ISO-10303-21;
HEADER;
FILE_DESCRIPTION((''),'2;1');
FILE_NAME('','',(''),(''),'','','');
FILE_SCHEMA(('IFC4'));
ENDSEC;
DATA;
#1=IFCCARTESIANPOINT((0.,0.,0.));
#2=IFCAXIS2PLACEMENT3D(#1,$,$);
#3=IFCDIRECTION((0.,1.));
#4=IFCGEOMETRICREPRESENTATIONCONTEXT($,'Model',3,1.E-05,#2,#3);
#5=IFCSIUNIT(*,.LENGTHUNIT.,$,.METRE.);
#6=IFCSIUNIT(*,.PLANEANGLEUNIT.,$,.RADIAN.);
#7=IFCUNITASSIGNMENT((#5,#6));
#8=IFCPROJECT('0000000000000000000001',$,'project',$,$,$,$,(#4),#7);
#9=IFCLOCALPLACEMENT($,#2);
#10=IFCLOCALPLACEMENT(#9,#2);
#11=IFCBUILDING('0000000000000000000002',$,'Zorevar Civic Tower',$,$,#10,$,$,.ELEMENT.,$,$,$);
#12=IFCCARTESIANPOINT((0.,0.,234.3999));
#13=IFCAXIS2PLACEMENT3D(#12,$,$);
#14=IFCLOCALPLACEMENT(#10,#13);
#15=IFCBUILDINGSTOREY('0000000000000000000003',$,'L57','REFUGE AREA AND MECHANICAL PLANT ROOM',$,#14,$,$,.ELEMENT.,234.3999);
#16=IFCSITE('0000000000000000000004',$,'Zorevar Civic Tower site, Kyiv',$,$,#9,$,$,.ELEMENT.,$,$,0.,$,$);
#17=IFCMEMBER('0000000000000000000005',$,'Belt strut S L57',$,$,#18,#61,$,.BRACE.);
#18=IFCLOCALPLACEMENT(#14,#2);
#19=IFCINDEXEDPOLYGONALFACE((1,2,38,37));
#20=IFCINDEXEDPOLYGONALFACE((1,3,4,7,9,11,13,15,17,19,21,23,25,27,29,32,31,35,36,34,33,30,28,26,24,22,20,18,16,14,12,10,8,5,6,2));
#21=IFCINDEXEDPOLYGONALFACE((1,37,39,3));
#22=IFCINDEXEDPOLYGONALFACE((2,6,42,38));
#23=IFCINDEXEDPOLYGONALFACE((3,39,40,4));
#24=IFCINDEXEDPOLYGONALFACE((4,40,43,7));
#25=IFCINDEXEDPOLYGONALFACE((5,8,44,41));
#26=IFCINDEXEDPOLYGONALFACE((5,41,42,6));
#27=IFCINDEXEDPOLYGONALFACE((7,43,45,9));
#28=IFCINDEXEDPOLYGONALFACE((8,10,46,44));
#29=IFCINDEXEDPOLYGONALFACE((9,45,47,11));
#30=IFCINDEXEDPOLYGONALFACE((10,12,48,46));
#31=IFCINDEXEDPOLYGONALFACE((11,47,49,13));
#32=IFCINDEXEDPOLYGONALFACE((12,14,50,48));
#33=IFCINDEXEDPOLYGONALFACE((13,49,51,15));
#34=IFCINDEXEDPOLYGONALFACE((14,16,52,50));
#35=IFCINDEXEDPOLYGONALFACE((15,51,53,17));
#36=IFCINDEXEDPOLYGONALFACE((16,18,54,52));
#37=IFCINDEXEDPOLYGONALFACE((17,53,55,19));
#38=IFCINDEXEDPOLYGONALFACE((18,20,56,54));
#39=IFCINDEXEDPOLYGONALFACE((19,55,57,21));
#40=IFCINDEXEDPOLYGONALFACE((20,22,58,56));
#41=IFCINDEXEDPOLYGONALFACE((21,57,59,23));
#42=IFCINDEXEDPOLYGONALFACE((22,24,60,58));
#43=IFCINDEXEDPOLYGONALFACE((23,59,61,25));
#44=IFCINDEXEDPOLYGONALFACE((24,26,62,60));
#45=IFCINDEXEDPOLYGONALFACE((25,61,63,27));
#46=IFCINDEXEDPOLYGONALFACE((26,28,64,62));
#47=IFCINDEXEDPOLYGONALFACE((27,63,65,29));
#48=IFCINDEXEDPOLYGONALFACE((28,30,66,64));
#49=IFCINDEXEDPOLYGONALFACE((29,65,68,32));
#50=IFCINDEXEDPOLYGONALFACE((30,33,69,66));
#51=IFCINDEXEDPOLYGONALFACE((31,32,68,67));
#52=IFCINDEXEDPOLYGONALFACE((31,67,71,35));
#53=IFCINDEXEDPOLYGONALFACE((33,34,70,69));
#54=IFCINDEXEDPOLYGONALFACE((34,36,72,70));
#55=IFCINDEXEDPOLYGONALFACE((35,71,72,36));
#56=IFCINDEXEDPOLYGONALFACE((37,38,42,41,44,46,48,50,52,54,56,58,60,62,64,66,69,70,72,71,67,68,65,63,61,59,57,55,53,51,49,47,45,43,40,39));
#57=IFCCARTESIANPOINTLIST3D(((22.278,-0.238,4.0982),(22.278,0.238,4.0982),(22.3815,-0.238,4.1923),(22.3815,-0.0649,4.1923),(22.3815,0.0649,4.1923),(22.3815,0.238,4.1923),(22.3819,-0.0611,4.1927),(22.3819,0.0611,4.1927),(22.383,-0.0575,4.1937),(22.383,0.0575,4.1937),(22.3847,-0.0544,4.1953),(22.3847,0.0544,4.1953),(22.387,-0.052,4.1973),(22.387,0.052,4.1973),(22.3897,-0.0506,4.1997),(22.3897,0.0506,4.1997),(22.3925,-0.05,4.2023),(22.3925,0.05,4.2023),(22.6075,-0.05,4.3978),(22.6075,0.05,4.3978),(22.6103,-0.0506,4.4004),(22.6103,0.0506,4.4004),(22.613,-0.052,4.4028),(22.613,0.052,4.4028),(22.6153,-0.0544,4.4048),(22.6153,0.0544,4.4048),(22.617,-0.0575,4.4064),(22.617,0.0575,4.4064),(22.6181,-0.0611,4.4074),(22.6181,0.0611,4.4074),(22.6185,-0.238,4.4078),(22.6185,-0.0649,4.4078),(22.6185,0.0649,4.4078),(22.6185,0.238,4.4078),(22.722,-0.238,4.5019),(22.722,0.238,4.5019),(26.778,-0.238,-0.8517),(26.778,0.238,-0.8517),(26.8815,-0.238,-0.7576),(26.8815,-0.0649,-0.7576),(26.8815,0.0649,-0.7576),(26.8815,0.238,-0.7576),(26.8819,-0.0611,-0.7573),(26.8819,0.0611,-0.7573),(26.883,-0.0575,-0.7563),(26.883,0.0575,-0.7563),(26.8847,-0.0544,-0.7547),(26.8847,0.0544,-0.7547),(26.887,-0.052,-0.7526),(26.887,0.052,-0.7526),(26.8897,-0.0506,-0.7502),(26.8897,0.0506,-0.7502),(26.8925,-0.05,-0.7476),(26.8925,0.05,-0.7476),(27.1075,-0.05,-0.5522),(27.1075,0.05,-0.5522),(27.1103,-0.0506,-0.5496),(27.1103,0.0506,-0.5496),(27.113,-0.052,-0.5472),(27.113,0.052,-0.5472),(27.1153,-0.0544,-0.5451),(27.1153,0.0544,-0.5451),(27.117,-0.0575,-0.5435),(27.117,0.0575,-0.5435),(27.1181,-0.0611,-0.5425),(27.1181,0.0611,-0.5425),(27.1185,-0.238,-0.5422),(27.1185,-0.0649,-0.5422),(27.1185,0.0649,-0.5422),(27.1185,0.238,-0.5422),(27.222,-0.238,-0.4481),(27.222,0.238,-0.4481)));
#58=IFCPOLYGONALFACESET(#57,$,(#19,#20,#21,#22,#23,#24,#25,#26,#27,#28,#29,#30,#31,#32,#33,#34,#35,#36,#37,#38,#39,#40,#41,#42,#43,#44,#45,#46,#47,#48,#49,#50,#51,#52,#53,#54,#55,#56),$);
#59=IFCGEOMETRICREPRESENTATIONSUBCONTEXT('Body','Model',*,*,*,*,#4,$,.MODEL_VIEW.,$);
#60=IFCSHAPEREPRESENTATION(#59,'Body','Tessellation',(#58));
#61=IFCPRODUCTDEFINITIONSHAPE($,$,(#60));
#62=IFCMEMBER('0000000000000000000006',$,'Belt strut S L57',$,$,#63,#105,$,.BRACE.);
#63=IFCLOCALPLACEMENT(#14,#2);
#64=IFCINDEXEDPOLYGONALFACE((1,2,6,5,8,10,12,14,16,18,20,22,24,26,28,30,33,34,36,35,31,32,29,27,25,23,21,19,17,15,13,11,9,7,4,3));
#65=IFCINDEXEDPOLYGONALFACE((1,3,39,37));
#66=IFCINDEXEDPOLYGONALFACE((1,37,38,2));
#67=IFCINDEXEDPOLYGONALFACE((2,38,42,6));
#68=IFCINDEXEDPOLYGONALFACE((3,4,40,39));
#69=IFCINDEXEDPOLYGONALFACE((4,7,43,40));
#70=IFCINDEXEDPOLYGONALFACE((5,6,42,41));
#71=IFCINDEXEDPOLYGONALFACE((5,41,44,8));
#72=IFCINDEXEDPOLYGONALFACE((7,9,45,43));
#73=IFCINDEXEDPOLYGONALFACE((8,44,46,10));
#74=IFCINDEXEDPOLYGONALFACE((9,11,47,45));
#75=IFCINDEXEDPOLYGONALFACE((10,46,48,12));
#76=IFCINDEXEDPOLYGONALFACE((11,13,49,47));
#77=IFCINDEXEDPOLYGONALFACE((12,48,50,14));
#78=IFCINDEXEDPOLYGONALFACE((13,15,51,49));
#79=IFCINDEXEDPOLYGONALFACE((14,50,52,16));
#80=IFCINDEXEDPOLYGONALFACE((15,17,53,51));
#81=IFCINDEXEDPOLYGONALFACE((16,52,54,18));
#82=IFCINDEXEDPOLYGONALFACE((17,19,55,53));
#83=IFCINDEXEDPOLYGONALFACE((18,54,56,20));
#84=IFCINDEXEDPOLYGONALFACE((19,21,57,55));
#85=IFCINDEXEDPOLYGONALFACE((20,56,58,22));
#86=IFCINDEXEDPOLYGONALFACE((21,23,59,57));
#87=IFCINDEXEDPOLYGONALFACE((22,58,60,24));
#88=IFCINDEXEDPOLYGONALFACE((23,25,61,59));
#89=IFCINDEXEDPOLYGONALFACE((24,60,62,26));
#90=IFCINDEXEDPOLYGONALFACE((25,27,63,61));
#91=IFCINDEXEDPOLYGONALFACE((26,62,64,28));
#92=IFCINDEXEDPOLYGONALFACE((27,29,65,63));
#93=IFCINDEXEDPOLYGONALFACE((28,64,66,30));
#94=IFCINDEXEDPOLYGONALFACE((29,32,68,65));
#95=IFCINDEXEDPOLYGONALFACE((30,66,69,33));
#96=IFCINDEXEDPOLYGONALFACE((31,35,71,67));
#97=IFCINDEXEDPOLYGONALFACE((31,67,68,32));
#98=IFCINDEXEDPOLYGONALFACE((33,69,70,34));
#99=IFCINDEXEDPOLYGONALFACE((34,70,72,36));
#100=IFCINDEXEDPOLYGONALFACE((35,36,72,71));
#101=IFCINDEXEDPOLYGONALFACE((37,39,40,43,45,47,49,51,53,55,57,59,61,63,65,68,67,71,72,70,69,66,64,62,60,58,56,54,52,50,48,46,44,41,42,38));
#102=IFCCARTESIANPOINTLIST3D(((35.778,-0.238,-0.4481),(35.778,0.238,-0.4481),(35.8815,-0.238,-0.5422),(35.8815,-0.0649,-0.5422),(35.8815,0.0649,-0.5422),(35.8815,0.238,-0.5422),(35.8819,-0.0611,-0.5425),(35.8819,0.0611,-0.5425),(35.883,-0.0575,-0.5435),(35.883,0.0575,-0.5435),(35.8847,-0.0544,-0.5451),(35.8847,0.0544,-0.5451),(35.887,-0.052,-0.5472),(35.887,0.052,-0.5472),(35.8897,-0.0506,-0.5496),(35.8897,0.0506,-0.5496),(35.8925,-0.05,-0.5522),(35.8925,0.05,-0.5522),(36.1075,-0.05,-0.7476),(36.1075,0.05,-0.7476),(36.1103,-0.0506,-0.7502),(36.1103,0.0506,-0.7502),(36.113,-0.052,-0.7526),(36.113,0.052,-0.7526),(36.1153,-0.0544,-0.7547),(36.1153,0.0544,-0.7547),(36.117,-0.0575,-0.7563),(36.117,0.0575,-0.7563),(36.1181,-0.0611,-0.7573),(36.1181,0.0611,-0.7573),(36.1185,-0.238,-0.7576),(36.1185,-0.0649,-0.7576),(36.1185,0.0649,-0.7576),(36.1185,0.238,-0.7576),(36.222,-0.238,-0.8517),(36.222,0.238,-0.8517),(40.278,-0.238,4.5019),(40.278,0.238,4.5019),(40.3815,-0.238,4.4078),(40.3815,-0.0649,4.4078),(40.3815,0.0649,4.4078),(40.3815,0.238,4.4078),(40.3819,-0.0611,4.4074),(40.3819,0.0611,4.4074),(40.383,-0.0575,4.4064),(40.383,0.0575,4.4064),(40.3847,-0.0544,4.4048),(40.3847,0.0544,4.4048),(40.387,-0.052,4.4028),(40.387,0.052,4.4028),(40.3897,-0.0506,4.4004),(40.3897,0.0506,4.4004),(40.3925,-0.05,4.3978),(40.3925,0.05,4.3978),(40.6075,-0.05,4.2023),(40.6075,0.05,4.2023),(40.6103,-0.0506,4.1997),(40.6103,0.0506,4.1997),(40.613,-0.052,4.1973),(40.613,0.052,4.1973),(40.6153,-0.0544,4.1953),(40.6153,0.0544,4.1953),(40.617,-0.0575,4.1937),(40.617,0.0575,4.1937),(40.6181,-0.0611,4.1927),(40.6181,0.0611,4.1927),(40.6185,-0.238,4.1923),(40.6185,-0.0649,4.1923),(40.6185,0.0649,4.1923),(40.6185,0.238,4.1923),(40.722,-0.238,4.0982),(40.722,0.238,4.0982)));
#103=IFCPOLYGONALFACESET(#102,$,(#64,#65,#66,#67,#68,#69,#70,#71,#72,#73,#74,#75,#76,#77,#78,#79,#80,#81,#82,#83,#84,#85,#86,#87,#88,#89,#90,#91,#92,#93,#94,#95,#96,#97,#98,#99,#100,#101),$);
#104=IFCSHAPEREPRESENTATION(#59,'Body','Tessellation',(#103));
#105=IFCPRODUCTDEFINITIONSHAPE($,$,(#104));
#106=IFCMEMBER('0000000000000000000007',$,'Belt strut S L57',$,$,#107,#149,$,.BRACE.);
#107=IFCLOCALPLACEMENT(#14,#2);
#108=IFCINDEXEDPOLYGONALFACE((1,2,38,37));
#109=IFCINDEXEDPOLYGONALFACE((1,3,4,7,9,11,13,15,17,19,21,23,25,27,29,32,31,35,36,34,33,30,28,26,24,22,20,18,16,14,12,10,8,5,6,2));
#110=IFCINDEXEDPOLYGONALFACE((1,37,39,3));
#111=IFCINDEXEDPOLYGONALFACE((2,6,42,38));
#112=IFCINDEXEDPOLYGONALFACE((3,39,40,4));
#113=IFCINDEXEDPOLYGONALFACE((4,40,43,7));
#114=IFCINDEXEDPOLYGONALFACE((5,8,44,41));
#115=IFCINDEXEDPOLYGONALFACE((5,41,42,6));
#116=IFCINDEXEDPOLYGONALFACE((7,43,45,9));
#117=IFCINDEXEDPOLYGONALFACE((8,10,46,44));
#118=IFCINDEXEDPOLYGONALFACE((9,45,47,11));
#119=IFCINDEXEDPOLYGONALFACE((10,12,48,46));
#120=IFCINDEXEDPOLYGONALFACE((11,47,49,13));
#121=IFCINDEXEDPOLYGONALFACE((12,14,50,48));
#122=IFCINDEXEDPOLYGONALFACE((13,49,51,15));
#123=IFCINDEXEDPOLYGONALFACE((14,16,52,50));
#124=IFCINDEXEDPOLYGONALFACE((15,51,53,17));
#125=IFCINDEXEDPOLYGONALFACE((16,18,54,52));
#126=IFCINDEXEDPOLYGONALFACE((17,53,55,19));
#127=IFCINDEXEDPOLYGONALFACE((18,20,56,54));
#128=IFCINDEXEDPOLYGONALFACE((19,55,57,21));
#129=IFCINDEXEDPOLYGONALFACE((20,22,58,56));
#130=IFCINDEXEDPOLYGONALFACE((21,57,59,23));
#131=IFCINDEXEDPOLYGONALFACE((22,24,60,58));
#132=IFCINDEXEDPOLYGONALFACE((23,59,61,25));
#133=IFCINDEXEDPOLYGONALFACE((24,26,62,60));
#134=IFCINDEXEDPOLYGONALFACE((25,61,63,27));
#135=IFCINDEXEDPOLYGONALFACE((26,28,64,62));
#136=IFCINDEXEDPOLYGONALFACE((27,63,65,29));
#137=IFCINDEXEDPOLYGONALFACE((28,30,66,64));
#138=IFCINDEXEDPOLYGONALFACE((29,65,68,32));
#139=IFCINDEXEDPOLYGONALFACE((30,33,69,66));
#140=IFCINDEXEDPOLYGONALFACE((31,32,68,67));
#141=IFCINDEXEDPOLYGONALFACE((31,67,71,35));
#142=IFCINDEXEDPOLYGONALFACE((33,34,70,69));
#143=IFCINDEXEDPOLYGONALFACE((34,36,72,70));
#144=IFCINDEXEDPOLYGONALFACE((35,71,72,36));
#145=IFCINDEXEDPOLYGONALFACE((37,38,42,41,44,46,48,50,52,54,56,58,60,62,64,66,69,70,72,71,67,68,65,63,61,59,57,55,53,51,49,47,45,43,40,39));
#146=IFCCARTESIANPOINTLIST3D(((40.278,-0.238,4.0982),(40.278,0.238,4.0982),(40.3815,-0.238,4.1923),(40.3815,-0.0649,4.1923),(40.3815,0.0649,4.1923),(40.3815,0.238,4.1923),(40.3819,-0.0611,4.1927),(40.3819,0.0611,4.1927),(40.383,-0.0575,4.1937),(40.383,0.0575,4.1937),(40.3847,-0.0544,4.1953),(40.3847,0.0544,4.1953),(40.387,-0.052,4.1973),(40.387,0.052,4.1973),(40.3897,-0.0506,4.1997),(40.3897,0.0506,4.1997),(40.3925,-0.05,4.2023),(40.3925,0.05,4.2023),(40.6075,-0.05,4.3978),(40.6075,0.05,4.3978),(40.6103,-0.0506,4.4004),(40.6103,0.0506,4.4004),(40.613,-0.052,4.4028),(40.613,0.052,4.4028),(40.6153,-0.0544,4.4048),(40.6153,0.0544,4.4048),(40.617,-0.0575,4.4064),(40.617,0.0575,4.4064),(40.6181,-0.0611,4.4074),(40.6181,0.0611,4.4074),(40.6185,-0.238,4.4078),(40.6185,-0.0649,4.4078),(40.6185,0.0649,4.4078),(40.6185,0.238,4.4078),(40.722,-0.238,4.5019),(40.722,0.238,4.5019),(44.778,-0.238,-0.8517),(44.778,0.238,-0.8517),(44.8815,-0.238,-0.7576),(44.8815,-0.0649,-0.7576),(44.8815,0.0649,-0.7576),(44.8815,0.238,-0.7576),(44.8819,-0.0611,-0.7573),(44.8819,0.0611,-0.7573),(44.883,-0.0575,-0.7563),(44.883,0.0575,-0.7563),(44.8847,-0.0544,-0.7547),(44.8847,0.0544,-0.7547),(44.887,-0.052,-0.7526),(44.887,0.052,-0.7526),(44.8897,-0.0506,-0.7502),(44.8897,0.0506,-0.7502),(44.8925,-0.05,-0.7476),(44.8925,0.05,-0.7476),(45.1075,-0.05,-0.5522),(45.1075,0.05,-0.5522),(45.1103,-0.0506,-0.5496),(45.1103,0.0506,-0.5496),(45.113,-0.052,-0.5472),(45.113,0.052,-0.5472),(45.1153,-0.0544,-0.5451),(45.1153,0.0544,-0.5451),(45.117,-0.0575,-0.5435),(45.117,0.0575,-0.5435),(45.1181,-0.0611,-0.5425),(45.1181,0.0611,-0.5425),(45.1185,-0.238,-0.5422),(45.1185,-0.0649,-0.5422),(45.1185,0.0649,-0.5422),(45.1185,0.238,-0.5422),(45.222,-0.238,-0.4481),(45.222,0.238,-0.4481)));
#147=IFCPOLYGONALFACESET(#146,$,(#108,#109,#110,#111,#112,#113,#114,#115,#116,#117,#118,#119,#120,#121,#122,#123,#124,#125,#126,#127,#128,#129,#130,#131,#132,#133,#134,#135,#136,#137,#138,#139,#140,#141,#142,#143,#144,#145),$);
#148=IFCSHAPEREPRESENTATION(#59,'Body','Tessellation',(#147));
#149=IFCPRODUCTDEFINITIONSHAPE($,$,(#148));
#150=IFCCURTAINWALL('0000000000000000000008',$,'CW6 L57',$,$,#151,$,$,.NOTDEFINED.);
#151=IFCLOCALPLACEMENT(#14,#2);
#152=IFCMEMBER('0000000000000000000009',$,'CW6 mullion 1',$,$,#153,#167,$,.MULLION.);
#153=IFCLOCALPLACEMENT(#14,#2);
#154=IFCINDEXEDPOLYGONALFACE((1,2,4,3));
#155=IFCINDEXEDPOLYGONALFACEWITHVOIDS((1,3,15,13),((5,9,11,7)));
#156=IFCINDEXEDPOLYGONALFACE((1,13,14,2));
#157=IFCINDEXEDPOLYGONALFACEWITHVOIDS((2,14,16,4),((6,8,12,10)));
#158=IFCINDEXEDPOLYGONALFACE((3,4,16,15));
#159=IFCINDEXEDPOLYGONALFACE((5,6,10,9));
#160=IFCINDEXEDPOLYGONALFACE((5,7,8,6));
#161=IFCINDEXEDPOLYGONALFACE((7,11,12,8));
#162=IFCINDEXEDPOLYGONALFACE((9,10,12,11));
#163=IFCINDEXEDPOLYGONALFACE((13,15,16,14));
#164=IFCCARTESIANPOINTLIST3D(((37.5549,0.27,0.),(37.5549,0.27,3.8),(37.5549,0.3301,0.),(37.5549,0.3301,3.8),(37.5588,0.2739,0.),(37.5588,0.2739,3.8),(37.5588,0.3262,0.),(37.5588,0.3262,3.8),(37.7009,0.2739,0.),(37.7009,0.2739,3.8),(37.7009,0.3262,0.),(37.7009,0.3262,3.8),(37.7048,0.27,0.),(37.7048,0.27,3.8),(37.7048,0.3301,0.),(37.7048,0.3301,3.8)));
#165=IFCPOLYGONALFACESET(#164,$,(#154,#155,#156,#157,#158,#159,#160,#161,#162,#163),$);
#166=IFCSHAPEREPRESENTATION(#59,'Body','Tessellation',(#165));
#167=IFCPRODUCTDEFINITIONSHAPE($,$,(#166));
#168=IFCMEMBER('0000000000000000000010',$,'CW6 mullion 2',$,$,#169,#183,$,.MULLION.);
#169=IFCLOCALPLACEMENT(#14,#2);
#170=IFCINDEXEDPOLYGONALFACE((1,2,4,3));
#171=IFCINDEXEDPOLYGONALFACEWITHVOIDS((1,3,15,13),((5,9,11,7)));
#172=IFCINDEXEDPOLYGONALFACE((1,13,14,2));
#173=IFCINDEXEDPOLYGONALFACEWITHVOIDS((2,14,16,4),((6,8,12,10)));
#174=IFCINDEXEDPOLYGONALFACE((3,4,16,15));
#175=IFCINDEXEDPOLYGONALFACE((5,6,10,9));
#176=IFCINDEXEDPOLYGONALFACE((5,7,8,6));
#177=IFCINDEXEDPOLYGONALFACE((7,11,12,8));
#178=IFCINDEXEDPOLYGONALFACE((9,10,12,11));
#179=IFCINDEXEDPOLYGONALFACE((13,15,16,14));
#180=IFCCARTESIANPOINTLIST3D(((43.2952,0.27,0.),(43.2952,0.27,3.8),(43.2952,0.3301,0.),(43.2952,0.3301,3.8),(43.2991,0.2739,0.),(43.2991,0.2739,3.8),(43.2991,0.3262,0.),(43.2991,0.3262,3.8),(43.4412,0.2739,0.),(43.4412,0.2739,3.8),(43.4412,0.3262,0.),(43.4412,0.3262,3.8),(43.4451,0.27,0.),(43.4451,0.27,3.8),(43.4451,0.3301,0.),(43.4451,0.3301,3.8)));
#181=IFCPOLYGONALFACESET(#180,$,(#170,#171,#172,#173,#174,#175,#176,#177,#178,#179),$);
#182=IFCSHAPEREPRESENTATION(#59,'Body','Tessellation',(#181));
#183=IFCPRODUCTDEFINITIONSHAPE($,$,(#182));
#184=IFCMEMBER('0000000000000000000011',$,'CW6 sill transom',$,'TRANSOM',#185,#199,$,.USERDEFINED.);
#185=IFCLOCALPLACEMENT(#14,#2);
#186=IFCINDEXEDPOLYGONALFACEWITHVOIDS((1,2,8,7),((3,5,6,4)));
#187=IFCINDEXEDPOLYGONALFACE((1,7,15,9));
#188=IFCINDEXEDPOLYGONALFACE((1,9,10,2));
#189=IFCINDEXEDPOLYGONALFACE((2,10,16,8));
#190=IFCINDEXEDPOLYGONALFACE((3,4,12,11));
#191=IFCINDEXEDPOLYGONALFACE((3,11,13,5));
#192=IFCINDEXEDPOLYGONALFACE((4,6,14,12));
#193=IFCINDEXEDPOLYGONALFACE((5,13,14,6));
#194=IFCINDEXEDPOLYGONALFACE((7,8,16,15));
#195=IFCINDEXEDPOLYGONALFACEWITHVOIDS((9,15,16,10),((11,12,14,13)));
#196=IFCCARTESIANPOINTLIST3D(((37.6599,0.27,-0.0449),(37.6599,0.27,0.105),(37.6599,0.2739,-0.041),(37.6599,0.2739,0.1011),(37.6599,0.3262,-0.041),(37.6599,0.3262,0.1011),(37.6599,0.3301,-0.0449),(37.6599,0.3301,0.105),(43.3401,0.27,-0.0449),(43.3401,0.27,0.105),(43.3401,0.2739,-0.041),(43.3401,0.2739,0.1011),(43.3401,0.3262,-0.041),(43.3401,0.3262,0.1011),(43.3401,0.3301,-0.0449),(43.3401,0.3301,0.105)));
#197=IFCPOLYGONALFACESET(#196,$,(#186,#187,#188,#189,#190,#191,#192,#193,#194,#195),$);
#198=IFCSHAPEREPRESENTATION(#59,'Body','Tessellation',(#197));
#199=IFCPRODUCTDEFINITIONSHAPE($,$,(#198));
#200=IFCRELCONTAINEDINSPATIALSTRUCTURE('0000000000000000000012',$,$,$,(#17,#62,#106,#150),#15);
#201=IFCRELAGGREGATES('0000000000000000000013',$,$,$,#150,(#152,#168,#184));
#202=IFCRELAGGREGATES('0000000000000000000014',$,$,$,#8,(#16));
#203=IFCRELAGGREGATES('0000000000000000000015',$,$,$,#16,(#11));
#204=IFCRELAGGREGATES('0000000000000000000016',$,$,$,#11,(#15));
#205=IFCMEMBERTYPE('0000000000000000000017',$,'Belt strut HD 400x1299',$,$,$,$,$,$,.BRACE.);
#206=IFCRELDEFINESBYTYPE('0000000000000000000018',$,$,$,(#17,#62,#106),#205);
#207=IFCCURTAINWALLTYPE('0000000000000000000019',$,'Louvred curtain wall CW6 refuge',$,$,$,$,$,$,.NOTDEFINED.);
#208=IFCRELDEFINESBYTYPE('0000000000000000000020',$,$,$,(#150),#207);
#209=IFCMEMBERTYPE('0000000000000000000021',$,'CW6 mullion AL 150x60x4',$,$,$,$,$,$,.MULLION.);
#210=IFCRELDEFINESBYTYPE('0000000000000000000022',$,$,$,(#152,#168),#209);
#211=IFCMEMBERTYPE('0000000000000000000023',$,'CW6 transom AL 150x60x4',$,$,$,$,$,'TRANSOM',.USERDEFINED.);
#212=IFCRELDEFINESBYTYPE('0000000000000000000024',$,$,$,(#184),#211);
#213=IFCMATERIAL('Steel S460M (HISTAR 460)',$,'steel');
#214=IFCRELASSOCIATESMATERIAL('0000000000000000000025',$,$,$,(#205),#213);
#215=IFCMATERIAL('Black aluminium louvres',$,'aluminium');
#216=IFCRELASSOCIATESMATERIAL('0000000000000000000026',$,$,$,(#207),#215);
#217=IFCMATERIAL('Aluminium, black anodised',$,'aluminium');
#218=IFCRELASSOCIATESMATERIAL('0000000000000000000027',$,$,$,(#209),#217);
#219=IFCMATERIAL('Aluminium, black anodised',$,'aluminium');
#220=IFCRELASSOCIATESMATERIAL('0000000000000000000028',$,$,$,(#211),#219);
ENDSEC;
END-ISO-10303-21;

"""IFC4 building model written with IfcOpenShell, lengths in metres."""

from ifc_helpers import new_model, si_unit, direction, frame, origin, origin_2d, place, context, subcontext, project, spatial, hollow_rectangle, i_section, extrude, material, material_profile, profile_set, type_object, element, aggregate, save


model = new_model("IFC4")

# Units and contexts
model_context = context("Model", 3, precision=1e-05, world=origin(), true_north=direction((0.0, 1.0)))
body_context = subcontext(model_context, "Body", "Model", "MODEL_VIEW")
ifc_project = project(units=[si_unit("LENGTHUNIT", "METRE"), si_unit("PLANEANGLEUNIT", "RADIAN")], contexts=[model_context])

# Site, building, storey
site_placement = place(None, origin())
site = spatial("IfcSite", under=ifc_project, at=site_placement, Name="Zorevar Civic Tower site, Kyiv", CompositionType="ELEMENT", RefElevation=0.0)
building_placement = place(site_placement, origin())
building = spatial("IfcBuilding", under=site, at=building_placement, Name="Zorevar Civic Tower", CompositionType="ELEMENT")
storey_placement = place(building_placement, frame((0.0, 0.0, 234.3999)))
storey = spatial("IfcBuildingStorey", under=building, at=storey_placement, Name="L57", Description="REFUGE AREA AND MECHANICAL PLANT ROOM", CompositionType="ELEMENT", Elevation=234.3999)

# Members
ifc_material_1 = material(Name="Steel S460M (HISTAR 460)", Category="steel")
ifc_material_profile_1 = material_profile(ifc_material_1, i_section(OverallWidth=0.4761, OverallDepth=0.6001, WebThickness=0.1001, FlangeThickness=0.1399, FilletRadius=0.0149, at=origin_2d()), Name="HD 400x1299")
ifc_profile_set_1 = profile_set([ifc_material_profile_1], Name="Steel S460M (HISTAR 460)")
member_type_1 = type_object("IfcMemberType", Name="Belt strut HD 400x1299", PredefinedType="BRACE", material=ifc_profile_set_1)
for number, where, z_axis, x_axis, name in (
    (1, (27.0, 0.0, -0.6499), (-0.672676, 0.0, 0.739937), (0.0, -1.0, 0.0), "Belt strut S L57"),
    (2, (36.0, 0.0, -0.6499), (0.672676, 0.0, 0.739937), (0.0, 1.0, 0.0), "Belt strut S L57"),
    (3, (45.0, 0.0, -0.6499), (-0.672676, 0.0, 0.739937), (0.0, -1.0, 0.0), "Belt strut S L57"),
):
    element("IfcMember", number, at=place(storey_placement, frame(where, z_axis=z_axis, x_axis=x_axis)), inside=storey, type_object=member_type_1, Name=name, PredefinedType="BRACE", context=body_context, shape_type="SweptSolid", body=[
        extrude(i_section(OverallWidth=0.4761, OverallDepth=0.6001, WebThickness=0.1001, FlangeThickness=0.1399, FilletRadius=0.0149, at=origin_2d()), origin(), (0.0, 0.0, 1.0), 6.6897),
    ])

# Curtain wall, members
ifc_material_2 = material(Name="Black aluminium louvres", Category="aluminium")
curtain_wall_type = type_object("IfcCurtainWallType", Name="Louvred curtain wall CW6 refuge", PredefinedType="NOTDEFINED", material=ifc_material_2)
curtain_wall_placement = place(storey_placement, origin())
curtain_wall = element("IfcCurtainWall", 4, at=curtain_wall_placement, inside=storey, type_object=curtain_wall_type, Name="CW6 L57", PredefinedType="NOTDEFINED")
ifc_material_3 = material(Name="Aluminium, black anodised", Category="aluminium")
ifc_material_profile_2 = material_profile(ifc_material_3, hollow_rectangle(XDim=0.0601, YDim=0.1499, WallThickness=0.0039, at=origin_2d()), Name="AL 150x60x4")
ifc_profile_set_2 = profile_set([ifc_material_profile_2], Name="Aluminium, black anodised")
member_type_2 = type_object("IfcMemberType", Name="CW6 mullion AL 150x60x4", PredefinedType="MULLION", material=ifc_profile_set_2)
member_1_placement = place(storey_placement, frame((37.6299, 0.3, 0.0), z_axis=(0.0, 0.0, 1.0), x_axis=(0.0, 1.0, 0.0)))
member_1 = element("IfcMember", 5, at=member_1_placement, type_object=member_type_2, Name="CW6 mullion 1", PredefinedType="MULLION", context=body_context, shape_type="SweptSolid", body=[
    extrude(hollow_rectangle(XDim=0.0601, YDim=0.1499, WallThickness=0.0039, at=origin_2d()), origin(), (0.0, 0.0, 1.0), 3.8),
])
member_2_placement = place(storey_placement, frame((43.3701, 0.3, 0.0), z_axis=(0.0, 0.0, 1.0), x_axis=(0.0, 1.0, 0.0)))
member_2 = element("IfcMember", 6, at=member_2_placement, type_object=member_type_2, Name="CW6 mullion 2", PredefinedType="MULLION", context=body_context, shape_type="SweptSolid", body=[
    extrude(hollow_rectangle(XDim=0.0601, YDim=0.1499, WallThickness=0.0039, at=origin_2d()), origin(), (0.0, 0.0, 1.0), 3.8),
])
ifc_material_4 = material(Name="Aluminium, black anodised", Category="aluminium")
ifc_material_profile_3 = material_profile(ifc_material_4, hollow_rectangle(XDim=0.0601, YDim=0.1499, WallThickness=0.0039, at=origin_2d()), Name="AL 150x60x4")
ifc_profile_set_3 = profile_set([ifc_material_profile_3], Name="Aluminium, black anodised")
member_type_3 = type_object("IfcMemberType", Name="CW6 transom AL 150x60x4", ElementType="TRANSOM", PredefinedType="USERDEFINED", material=ifc_profile_set_3)
member_3_placement = place(storey_placement, frame((37.6599, 0.3, 0.03), z_axis=(1.0, 0.0, 0.0), x_axis=(0.0, 1.0, 0.0)))
member_3 = element("IfcMember", 7, at=member_3_placement, type_object=member_type_3, Name="CW6 sill transom", ObjectType="TRANSOM", PredefinedType="USERDEFINED", context=body_context, shape_type="SweptSolid", body=[
    extrude(hollow_rectangle(XDim=0.0601, YDim=0.1499, WallThickness=0.0039, at=origin_2d()), origin(), (0.0, 0.0, 1.0), 5.6802),
])

aggregate(curtain_wall, [member_1, member_2, member_3])

save(model, "model.ifc")
